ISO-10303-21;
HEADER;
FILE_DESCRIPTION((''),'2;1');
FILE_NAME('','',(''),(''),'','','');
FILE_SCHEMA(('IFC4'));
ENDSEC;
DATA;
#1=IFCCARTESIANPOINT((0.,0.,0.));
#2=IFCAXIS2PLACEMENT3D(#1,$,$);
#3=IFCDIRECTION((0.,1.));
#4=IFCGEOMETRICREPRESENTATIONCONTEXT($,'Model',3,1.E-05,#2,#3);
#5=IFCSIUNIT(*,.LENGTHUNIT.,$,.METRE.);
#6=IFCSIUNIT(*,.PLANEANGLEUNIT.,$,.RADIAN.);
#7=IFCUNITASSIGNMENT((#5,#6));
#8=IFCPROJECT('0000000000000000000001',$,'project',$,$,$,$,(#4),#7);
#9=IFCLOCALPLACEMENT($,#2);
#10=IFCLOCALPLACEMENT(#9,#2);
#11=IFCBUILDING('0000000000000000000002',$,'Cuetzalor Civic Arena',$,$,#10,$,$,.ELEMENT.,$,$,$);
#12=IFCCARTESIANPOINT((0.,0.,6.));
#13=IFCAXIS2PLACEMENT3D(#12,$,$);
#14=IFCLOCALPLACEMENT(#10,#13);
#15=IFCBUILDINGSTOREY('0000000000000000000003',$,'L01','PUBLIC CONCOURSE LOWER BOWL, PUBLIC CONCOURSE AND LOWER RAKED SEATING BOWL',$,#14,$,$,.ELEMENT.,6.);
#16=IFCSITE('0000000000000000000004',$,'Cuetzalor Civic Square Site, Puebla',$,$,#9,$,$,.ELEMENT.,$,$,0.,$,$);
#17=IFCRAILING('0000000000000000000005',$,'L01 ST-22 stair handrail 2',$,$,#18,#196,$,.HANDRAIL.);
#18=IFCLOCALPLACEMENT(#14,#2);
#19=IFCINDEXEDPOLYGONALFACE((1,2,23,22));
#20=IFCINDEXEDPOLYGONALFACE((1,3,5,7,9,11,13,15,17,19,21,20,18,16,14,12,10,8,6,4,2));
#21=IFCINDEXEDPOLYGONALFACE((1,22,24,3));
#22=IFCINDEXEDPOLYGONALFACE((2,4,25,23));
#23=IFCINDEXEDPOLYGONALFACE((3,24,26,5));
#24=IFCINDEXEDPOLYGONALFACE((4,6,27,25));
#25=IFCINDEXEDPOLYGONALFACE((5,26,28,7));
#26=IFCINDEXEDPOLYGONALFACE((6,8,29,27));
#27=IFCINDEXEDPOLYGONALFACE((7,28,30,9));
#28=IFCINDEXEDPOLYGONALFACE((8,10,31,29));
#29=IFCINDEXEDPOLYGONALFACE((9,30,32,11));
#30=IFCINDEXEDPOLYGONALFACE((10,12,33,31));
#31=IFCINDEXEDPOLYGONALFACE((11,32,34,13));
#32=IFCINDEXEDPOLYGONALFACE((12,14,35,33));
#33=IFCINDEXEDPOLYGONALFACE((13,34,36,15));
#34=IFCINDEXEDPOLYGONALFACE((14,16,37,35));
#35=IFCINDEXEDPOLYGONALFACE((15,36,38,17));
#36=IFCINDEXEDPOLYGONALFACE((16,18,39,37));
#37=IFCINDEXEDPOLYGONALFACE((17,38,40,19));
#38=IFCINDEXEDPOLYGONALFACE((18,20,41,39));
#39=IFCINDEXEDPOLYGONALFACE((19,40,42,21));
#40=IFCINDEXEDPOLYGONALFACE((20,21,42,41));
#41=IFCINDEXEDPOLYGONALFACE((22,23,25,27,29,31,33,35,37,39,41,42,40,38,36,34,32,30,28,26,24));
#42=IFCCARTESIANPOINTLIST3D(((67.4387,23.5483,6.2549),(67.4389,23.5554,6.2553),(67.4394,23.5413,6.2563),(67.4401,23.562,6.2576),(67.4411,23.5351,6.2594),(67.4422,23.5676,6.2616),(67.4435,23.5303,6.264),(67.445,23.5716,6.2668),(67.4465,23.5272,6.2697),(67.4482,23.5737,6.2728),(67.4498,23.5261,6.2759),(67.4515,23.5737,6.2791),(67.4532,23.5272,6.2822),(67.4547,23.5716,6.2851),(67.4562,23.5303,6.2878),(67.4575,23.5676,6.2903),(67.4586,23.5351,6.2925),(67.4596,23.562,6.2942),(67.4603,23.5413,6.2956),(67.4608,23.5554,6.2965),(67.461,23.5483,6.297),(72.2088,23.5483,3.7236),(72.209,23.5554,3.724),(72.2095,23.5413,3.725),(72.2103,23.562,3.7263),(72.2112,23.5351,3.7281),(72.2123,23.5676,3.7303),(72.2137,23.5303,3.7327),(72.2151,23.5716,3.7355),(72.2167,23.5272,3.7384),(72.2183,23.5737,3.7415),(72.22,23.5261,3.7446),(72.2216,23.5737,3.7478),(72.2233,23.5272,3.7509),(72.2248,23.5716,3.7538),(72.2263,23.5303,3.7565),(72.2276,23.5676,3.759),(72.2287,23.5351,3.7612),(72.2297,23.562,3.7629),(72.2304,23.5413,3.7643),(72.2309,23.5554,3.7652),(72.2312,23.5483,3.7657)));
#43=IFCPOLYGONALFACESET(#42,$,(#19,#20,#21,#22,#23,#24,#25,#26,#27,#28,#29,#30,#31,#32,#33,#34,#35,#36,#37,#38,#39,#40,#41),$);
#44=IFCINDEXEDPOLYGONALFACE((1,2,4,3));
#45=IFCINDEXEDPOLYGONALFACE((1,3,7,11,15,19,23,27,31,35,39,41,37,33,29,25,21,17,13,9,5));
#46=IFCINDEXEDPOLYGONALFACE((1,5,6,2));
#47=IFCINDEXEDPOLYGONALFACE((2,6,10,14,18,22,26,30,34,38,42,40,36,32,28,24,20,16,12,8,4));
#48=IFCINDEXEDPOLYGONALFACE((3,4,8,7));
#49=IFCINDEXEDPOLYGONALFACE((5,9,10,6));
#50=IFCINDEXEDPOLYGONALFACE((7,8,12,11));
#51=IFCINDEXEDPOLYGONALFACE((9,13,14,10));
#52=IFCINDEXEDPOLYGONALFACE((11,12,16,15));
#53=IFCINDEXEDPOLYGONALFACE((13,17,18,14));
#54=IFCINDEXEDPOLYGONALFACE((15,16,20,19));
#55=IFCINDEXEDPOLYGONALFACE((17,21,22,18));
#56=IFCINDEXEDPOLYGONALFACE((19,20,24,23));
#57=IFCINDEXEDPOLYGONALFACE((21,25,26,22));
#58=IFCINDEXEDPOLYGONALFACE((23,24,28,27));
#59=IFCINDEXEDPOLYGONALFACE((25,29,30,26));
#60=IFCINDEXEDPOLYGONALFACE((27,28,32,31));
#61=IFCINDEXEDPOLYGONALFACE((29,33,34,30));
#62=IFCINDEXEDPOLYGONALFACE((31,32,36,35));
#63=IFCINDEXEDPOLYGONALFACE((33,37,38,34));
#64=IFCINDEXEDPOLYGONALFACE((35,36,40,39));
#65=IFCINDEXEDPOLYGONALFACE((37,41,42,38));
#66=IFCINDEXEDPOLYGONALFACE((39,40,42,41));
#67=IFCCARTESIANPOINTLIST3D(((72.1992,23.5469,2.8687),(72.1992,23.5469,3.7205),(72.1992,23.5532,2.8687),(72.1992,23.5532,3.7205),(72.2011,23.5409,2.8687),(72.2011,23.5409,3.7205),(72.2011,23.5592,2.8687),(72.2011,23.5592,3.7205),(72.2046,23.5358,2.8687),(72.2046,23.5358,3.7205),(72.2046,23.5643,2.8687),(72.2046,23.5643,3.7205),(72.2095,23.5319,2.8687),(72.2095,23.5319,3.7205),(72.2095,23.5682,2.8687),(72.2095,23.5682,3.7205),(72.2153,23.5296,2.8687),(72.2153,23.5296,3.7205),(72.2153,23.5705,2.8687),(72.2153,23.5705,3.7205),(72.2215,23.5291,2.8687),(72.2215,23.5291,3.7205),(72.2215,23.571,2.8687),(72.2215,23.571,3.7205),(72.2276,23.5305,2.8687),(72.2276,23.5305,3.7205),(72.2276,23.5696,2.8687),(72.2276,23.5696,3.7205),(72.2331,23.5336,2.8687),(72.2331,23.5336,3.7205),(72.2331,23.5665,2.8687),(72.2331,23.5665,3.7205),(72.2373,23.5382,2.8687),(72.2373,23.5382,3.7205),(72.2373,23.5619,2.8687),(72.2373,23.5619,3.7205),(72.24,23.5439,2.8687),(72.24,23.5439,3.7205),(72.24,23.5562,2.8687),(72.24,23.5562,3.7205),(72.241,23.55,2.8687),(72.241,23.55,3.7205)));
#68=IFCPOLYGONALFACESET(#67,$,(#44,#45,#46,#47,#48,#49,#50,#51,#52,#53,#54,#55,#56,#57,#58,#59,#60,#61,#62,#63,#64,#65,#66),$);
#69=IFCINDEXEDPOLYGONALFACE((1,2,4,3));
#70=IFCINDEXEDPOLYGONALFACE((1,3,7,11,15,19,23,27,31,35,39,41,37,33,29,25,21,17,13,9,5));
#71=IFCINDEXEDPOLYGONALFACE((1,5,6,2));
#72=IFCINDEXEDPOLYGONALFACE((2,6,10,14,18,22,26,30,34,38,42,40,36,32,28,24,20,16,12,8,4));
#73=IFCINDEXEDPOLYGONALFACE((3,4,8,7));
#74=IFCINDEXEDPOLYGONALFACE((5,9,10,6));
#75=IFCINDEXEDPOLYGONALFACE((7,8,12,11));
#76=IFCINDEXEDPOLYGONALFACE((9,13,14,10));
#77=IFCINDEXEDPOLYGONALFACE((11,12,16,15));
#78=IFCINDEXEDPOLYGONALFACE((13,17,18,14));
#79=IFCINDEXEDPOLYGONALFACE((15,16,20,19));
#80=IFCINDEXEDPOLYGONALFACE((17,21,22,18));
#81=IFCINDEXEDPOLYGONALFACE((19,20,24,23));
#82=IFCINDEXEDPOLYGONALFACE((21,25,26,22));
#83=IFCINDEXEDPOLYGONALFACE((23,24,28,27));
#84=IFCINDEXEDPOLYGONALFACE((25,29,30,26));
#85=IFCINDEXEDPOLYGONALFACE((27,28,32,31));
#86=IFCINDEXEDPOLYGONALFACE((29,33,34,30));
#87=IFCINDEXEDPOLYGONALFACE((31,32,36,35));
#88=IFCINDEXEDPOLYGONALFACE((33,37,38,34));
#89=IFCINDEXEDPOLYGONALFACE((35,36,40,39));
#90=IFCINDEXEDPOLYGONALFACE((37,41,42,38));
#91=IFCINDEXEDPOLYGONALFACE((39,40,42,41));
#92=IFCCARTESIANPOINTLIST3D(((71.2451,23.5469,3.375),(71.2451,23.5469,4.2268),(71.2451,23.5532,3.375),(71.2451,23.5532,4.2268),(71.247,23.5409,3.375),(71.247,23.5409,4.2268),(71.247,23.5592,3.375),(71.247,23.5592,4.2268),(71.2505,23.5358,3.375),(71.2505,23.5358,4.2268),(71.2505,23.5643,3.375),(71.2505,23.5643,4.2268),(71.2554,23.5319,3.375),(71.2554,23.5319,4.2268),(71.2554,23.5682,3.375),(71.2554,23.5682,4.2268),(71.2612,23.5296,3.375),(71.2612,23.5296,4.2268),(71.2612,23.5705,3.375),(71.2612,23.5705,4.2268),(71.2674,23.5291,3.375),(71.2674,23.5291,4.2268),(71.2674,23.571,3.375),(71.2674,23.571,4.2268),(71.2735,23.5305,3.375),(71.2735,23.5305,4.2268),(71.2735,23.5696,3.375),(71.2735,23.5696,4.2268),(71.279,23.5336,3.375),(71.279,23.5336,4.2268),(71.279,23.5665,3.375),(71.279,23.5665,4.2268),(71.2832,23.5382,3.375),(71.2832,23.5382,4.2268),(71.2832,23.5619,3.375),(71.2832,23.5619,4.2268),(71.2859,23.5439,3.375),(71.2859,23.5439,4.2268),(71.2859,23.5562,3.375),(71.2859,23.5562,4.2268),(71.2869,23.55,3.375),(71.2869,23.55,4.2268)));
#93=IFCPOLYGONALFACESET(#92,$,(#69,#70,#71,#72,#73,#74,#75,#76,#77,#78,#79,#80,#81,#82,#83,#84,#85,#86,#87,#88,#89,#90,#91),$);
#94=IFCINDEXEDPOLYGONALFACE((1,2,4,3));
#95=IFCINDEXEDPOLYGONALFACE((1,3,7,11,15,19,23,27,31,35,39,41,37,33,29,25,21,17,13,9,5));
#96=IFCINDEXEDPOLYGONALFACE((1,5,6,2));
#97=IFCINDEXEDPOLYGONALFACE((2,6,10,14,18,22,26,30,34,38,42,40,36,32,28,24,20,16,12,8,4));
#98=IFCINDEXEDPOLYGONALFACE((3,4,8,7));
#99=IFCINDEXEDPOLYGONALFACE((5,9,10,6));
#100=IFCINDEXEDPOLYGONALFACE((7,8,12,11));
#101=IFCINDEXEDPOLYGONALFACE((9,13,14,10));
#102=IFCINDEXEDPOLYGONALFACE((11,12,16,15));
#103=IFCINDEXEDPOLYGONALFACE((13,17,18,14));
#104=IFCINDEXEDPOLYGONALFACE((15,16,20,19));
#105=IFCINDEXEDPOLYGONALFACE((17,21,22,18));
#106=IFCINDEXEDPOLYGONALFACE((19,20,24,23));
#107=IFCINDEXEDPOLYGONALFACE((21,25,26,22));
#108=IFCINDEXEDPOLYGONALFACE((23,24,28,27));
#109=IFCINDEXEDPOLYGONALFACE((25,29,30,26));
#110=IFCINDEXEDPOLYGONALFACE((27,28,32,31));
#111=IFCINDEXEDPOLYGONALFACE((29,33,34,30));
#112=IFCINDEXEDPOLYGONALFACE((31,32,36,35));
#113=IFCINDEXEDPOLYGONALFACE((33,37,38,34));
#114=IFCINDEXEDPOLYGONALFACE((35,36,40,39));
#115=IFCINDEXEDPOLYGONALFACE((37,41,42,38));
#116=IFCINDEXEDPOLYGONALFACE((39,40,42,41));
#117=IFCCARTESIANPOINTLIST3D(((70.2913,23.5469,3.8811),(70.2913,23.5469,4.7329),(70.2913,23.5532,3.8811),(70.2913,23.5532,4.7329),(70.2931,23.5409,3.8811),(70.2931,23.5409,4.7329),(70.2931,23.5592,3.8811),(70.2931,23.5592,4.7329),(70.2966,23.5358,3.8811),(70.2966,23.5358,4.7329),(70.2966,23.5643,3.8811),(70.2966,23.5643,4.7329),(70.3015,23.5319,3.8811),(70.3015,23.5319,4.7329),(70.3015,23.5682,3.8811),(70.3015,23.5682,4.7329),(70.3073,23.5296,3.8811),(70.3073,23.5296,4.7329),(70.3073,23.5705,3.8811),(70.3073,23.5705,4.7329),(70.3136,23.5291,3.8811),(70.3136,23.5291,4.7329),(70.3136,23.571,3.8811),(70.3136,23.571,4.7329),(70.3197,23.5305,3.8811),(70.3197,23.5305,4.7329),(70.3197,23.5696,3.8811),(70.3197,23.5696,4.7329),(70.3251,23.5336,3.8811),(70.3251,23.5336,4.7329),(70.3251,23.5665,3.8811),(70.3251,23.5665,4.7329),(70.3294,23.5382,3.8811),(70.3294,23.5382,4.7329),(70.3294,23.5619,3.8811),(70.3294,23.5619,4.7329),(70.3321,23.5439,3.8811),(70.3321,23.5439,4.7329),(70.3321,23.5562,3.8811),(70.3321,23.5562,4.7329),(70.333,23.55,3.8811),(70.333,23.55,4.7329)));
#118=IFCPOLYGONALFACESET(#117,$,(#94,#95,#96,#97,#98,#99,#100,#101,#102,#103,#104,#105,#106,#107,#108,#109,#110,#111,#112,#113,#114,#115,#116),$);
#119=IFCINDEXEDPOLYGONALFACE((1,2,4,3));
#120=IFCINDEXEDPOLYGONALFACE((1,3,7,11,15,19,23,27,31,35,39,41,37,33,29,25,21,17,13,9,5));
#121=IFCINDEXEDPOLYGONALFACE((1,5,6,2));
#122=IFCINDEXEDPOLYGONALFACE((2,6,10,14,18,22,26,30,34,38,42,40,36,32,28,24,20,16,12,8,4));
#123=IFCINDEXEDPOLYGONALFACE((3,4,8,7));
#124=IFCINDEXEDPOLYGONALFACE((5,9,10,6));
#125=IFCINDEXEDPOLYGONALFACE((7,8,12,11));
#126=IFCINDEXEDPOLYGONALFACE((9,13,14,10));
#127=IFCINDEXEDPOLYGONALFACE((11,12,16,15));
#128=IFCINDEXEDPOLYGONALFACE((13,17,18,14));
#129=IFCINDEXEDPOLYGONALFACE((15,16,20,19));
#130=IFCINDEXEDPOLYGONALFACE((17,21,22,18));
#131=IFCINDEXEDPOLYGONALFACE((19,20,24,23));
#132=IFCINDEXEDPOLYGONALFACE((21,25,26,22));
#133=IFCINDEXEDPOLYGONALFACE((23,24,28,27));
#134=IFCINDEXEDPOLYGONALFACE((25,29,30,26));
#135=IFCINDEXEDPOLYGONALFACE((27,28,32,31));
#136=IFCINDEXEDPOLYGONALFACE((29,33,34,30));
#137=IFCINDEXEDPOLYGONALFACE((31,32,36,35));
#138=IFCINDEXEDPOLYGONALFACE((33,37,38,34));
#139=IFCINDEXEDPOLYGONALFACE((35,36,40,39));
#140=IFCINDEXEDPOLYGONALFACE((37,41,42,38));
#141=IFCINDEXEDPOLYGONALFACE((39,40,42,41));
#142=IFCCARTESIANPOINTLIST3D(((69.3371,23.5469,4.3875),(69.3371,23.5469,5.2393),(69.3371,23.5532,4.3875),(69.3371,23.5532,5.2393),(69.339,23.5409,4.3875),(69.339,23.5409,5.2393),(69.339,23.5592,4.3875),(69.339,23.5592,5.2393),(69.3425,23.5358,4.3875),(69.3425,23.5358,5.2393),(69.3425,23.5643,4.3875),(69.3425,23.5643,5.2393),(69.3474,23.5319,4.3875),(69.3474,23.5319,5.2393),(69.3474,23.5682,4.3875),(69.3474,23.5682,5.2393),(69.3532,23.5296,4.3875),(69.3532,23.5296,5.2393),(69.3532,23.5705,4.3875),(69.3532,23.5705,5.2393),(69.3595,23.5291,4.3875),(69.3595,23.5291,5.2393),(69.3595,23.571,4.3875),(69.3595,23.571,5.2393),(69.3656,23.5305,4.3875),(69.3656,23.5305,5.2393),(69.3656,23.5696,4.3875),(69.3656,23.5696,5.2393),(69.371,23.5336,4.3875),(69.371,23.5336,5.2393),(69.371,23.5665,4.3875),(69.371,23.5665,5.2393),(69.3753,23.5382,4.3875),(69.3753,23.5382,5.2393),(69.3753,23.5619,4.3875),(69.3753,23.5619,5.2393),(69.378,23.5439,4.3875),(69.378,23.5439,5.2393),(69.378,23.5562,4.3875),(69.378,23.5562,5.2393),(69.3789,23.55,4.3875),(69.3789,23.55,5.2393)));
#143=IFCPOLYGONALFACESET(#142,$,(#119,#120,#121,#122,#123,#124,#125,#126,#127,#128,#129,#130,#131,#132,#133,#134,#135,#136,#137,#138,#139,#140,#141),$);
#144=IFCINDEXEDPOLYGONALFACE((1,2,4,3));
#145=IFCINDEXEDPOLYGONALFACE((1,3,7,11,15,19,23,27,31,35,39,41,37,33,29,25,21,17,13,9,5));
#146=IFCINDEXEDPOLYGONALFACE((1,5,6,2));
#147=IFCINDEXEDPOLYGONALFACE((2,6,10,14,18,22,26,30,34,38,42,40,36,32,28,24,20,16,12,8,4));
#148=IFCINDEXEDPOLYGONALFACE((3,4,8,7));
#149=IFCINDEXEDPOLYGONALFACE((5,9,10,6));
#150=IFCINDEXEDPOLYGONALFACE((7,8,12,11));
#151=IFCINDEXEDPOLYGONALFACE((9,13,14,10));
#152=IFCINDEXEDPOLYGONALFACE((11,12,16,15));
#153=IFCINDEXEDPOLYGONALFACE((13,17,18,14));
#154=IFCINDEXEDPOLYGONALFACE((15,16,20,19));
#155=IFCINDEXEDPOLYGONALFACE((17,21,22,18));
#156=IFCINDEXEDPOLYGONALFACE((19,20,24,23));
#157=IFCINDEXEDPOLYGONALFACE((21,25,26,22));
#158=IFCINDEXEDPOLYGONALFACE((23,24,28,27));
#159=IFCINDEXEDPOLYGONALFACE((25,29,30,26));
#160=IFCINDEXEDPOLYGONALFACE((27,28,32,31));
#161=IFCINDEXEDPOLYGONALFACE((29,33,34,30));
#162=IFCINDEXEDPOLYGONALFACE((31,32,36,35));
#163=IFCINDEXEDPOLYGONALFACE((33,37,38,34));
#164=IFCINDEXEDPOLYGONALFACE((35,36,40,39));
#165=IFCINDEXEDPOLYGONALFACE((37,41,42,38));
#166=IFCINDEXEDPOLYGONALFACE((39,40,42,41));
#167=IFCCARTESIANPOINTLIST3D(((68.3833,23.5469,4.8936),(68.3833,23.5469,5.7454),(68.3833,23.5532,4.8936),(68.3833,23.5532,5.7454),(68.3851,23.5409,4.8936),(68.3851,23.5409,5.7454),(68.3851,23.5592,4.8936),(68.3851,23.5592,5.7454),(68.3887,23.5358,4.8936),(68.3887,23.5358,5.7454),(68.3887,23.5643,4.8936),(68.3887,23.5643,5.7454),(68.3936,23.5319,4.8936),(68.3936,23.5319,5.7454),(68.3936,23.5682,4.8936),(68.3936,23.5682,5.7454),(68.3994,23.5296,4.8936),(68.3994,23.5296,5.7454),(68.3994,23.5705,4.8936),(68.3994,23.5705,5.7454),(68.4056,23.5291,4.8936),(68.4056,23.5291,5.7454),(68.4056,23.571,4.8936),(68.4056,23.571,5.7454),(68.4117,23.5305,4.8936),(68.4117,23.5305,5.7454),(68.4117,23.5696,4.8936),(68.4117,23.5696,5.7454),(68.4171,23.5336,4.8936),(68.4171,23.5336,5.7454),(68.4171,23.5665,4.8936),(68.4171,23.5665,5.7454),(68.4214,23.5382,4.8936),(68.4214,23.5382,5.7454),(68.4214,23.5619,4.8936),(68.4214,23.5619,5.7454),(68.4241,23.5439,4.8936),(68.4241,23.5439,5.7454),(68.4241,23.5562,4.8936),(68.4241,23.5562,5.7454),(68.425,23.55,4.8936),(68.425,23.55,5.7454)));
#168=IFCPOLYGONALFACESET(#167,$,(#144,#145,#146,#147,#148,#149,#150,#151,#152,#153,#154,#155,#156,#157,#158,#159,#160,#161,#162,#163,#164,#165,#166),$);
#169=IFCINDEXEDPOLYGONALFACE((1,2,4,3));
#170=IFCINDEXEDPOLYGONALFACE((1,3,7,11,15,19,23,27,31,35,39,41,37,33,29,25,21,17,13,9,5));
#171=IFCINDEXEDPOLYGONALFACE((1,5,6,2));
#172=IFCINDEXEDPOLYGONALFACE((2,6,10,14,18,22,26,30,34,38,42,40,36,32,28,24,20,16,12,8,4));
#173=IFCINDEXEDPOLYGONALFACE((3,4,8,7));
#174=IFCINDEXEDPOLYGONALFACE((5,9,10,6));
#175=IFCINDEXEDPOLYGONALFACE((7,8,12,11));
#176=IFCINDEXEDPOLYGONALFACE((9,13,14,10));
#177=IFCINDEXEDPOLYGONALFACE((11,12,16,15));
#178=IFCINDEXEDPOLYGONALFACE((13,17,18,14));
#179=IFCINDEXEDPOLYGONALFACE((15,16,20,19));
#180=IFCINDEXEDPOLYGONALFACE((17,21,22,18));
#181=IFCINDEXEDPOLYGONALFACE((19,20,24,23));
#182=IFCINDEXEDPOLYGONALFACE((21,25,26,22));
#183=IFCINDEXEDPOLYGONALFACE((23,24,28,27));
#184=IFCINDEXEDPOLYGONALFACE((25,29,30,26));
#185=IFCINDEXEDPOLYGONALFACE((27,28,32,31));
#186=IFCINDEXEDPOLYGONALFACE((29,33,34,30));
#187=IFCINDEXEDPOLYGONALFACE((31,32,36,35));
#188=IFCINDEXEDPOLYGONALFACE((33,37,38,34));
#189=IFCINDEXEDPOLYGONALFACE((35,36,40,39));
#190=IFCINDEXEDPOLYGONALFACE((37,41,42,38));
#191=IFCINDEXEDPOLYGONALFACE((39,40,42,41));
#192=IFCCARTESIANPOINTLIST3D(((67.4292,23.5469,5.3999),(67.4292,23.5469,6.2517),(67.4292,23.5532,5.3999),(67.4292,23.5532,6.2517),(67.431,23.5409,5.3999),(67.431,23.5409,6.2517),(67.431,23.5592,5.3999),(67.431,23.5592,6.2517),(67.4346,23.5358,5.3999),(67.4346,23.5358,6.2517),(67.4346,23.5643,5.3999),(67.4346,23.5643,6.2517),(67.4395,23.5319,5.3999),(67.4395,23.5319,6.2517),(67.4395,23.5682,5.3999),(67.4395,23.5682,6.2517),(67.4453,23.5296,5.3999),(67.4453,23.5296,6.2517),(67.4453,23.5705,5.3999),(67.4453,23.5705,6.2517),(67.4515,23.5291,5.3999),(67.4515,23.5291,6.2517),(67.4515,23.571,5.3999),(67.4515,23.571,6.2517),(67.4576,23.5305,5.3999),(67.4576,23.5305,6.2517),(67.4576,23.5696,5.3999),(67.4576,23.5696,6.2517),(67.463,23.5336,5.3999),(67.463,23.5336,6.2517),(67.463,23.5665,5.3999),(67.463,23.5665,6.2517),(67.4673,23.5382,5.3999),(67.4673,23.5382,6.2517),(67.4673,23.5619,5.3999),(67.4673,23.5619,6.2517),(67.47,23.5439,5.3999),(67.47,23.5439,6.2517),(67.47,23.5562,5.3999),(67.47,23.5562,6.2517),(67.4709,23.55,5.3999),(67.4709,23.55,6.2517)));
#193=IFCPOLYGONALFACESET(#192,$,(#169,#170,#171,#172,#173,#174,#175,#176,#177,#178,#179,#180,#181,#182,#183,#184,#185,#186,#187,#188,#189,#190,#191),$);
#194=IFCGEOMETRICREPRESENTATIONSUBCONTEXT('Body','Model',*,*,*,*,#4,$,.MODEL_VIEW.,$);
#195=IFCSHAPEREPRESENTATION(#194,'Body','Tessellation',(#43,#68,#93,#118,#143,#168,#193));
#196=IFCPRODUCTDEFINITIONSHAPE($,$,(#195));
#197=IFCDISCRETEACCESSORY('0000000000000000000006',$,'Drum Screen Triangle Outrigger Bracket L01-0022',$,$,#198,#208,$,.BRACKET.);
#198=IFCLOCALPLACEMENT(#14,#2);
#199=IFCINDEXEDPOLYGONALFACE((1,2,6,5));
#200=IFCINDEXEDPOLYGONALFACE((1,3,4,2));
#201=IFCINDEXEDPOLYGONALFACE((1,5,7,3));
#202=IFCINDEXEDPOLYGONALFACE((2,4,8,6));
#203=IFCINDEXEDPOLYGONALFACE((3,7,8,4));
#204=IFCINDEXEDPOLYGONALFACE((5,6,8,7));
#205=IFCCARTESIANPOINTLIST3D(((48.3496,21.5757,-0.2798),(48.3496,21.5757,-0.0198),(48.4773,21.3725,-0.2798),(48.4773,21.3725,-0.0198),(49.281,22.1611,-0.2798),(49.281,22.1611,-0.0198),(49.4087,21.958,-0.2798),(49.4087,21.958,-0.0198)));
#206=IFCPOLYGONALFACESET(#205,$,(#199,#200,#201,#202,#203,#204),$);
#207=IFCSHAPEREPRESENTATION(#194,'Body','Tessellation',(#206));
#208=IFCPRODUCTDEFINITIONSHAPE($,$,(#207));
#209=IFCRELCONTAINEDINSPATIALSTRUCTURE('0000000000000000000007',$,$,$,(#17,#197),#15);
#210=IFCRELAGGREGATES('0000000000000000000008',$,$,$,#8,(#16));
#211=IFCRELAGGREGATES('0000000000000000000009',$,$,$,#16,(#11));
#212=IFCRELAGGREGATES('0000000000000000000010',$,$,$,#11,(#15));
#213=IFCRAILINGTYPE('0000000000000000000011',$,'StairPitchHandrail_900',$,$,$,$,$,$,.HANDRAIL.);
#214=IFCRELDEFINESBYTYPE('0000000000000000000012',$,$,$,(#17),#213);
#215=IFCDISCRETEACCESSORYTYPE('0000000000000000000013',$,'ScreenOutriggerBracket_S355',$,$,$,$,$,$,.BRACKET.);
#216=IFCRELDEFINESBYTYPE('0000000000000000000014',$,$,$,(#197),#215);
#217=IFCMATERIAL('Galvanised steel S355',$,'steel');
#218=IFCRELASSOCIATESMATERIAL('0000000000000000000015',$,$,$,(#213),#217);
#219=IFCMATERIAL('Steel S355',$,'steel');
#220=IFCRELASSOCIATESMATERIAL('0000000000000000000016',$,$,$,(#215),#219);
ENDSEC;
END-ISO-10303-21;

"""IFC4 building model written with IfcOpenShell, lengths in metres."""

from ifc_helpers import new_model, si_unit, direction, frame, origin, origin_2d, place, context, subcontext, project, spatial, rectangle, circle, extrude, material, type_object, element, save


model = new_model("IFC4")

# Units and contexts
model_context = context("Model", 3, precision=1e-05, world=origin(), true_north=direction((0.0, 1.0)))
body_context = subcontext(model_context, "Body", "Model", "MODEL_VIEW")
ifc_project = project(units=[si_unit("LENGTHUNIT", "METRE"), si_unit("PLANEANGLEUNIT", "RADIAN")], contexts=[model_context])

# Site, building, storey
site_placement = place(None, origin())
site = spatial("IfcSite", under=ifc_project, at=site_placement, Name="Cuetzalor Civic Square Site, Puebla", CompositionType="ELEMENT", RefElevation=0.0)
building_placement = place(site_placement, origin())
building = spatial("IfcBuilding", under=site, at=building_placement, Name="Cuetzalor Civic Arena", CompositionType="ELEMENT")
storey_placement = place(building_placement, frame((0.0, 0.0, 6.0)))
storey = spatial("IfcBuildingStorey", under=building, at=storey_placement, Name="L01", Description="PUBLIC CONCOURSE LOWER BOWL, PUBLIC CONCOURSE AND LOWER RAKED SEATING BOWL", CompositionType="ELEMENT", Elevation=6.0)

# Railing
ifc_material_1 = material(Name="Galvanised steel S355", Category="steel")
railing_type = type_object("IfcRailingType", Name="StairPitchHandrail_900", PredefinedType="HANDRAIL", material=ifc_material_1)
railing_placement = place(storey_placement, frame((72.22, 23.55, 2.8687)))
element("IfcRailing", 1, at=railing_placement, inside=storey, type_object=railing_type, Name="L01 ST-22 stair handrail 2", PredefinedType="HANDRAIL", context=body_context, shape_type="SweptSolid", body=[
    extrude(circle(Radius=0.0239, at=origin_2d()), frame((0.0, 0.0, 0.876), z_axis=(-0.883332, 0.0, 0.468747), x_axis=(0.0, -1.0, 0.0)), (0.0, 0.0, 1.0), 5.4001),
    extrude(circle(Radius=0.021, at=origin_2d()), origin(), (0.0, 0.0, 1.0), 0.8518),
    extrude(circle(Radius=0.021, at=origin_2d()), frame((-0.9541, 0.0, 0.5063)), (0.0, 0.0, 1.0), 0.8518),
    extrude(circle(Radius=0.021, at=origin_2d()), frame((-1.908, 0.0, 1.0125)), (0.0, 0.0, 1.0), 0.8518),
    extrude(circle(Radius=0.021, at=origin_2d()), frame((-2.8621, 0.0, 1.5188)), (0.0, 0.0, 1.0), 0.8518),
    extrude(circle(Radius=0.021, at=origin_2d()), frame((-3.8159, 0.0, 2.0249)), (0.0, 0.0, 1.0), 0.8518),
    extrude(circle(Radius=0.021, at=origin_2d()), frame((-4.77, 0.0, 2.5312)), (0.0, 0.0, 1.0), 0.8518),
])

# Discrete accessory
ifc_material_2 = material(Name="Steel S355", Category="steel")
discrete_accessory_type = type_object("IfcDiscreteAccessoryType", Name="ScreenOutriggerBracket_S355", PredefinedType="BRACKET", material=ifc_material_2)
discrete_accessory_placement = place(storey_placement, frame((48.8792, 21.7668, -0.2798), z_axis=(0.0, 0.0, 1.0), x_axis=(0.846658, 0.532138, 0.0)))
element("IfcDiscreteAccessory", 2, at=discrete_accessory_placement, inside=storey, type_object=discrete_accessory_type, Name="Drum Screen Triangle Outrigger Bracket L01-0022", PredefinedType="BRACKET", context=body_context, shape_type="SweptSolid", body=[
    extrude(rectangle(XDim=1.1001, YDim=0.24, at=origin_2d()), origin(), (0.0, 0.0, 1.0), 0.26),
])

save(model, "model.ifc")
